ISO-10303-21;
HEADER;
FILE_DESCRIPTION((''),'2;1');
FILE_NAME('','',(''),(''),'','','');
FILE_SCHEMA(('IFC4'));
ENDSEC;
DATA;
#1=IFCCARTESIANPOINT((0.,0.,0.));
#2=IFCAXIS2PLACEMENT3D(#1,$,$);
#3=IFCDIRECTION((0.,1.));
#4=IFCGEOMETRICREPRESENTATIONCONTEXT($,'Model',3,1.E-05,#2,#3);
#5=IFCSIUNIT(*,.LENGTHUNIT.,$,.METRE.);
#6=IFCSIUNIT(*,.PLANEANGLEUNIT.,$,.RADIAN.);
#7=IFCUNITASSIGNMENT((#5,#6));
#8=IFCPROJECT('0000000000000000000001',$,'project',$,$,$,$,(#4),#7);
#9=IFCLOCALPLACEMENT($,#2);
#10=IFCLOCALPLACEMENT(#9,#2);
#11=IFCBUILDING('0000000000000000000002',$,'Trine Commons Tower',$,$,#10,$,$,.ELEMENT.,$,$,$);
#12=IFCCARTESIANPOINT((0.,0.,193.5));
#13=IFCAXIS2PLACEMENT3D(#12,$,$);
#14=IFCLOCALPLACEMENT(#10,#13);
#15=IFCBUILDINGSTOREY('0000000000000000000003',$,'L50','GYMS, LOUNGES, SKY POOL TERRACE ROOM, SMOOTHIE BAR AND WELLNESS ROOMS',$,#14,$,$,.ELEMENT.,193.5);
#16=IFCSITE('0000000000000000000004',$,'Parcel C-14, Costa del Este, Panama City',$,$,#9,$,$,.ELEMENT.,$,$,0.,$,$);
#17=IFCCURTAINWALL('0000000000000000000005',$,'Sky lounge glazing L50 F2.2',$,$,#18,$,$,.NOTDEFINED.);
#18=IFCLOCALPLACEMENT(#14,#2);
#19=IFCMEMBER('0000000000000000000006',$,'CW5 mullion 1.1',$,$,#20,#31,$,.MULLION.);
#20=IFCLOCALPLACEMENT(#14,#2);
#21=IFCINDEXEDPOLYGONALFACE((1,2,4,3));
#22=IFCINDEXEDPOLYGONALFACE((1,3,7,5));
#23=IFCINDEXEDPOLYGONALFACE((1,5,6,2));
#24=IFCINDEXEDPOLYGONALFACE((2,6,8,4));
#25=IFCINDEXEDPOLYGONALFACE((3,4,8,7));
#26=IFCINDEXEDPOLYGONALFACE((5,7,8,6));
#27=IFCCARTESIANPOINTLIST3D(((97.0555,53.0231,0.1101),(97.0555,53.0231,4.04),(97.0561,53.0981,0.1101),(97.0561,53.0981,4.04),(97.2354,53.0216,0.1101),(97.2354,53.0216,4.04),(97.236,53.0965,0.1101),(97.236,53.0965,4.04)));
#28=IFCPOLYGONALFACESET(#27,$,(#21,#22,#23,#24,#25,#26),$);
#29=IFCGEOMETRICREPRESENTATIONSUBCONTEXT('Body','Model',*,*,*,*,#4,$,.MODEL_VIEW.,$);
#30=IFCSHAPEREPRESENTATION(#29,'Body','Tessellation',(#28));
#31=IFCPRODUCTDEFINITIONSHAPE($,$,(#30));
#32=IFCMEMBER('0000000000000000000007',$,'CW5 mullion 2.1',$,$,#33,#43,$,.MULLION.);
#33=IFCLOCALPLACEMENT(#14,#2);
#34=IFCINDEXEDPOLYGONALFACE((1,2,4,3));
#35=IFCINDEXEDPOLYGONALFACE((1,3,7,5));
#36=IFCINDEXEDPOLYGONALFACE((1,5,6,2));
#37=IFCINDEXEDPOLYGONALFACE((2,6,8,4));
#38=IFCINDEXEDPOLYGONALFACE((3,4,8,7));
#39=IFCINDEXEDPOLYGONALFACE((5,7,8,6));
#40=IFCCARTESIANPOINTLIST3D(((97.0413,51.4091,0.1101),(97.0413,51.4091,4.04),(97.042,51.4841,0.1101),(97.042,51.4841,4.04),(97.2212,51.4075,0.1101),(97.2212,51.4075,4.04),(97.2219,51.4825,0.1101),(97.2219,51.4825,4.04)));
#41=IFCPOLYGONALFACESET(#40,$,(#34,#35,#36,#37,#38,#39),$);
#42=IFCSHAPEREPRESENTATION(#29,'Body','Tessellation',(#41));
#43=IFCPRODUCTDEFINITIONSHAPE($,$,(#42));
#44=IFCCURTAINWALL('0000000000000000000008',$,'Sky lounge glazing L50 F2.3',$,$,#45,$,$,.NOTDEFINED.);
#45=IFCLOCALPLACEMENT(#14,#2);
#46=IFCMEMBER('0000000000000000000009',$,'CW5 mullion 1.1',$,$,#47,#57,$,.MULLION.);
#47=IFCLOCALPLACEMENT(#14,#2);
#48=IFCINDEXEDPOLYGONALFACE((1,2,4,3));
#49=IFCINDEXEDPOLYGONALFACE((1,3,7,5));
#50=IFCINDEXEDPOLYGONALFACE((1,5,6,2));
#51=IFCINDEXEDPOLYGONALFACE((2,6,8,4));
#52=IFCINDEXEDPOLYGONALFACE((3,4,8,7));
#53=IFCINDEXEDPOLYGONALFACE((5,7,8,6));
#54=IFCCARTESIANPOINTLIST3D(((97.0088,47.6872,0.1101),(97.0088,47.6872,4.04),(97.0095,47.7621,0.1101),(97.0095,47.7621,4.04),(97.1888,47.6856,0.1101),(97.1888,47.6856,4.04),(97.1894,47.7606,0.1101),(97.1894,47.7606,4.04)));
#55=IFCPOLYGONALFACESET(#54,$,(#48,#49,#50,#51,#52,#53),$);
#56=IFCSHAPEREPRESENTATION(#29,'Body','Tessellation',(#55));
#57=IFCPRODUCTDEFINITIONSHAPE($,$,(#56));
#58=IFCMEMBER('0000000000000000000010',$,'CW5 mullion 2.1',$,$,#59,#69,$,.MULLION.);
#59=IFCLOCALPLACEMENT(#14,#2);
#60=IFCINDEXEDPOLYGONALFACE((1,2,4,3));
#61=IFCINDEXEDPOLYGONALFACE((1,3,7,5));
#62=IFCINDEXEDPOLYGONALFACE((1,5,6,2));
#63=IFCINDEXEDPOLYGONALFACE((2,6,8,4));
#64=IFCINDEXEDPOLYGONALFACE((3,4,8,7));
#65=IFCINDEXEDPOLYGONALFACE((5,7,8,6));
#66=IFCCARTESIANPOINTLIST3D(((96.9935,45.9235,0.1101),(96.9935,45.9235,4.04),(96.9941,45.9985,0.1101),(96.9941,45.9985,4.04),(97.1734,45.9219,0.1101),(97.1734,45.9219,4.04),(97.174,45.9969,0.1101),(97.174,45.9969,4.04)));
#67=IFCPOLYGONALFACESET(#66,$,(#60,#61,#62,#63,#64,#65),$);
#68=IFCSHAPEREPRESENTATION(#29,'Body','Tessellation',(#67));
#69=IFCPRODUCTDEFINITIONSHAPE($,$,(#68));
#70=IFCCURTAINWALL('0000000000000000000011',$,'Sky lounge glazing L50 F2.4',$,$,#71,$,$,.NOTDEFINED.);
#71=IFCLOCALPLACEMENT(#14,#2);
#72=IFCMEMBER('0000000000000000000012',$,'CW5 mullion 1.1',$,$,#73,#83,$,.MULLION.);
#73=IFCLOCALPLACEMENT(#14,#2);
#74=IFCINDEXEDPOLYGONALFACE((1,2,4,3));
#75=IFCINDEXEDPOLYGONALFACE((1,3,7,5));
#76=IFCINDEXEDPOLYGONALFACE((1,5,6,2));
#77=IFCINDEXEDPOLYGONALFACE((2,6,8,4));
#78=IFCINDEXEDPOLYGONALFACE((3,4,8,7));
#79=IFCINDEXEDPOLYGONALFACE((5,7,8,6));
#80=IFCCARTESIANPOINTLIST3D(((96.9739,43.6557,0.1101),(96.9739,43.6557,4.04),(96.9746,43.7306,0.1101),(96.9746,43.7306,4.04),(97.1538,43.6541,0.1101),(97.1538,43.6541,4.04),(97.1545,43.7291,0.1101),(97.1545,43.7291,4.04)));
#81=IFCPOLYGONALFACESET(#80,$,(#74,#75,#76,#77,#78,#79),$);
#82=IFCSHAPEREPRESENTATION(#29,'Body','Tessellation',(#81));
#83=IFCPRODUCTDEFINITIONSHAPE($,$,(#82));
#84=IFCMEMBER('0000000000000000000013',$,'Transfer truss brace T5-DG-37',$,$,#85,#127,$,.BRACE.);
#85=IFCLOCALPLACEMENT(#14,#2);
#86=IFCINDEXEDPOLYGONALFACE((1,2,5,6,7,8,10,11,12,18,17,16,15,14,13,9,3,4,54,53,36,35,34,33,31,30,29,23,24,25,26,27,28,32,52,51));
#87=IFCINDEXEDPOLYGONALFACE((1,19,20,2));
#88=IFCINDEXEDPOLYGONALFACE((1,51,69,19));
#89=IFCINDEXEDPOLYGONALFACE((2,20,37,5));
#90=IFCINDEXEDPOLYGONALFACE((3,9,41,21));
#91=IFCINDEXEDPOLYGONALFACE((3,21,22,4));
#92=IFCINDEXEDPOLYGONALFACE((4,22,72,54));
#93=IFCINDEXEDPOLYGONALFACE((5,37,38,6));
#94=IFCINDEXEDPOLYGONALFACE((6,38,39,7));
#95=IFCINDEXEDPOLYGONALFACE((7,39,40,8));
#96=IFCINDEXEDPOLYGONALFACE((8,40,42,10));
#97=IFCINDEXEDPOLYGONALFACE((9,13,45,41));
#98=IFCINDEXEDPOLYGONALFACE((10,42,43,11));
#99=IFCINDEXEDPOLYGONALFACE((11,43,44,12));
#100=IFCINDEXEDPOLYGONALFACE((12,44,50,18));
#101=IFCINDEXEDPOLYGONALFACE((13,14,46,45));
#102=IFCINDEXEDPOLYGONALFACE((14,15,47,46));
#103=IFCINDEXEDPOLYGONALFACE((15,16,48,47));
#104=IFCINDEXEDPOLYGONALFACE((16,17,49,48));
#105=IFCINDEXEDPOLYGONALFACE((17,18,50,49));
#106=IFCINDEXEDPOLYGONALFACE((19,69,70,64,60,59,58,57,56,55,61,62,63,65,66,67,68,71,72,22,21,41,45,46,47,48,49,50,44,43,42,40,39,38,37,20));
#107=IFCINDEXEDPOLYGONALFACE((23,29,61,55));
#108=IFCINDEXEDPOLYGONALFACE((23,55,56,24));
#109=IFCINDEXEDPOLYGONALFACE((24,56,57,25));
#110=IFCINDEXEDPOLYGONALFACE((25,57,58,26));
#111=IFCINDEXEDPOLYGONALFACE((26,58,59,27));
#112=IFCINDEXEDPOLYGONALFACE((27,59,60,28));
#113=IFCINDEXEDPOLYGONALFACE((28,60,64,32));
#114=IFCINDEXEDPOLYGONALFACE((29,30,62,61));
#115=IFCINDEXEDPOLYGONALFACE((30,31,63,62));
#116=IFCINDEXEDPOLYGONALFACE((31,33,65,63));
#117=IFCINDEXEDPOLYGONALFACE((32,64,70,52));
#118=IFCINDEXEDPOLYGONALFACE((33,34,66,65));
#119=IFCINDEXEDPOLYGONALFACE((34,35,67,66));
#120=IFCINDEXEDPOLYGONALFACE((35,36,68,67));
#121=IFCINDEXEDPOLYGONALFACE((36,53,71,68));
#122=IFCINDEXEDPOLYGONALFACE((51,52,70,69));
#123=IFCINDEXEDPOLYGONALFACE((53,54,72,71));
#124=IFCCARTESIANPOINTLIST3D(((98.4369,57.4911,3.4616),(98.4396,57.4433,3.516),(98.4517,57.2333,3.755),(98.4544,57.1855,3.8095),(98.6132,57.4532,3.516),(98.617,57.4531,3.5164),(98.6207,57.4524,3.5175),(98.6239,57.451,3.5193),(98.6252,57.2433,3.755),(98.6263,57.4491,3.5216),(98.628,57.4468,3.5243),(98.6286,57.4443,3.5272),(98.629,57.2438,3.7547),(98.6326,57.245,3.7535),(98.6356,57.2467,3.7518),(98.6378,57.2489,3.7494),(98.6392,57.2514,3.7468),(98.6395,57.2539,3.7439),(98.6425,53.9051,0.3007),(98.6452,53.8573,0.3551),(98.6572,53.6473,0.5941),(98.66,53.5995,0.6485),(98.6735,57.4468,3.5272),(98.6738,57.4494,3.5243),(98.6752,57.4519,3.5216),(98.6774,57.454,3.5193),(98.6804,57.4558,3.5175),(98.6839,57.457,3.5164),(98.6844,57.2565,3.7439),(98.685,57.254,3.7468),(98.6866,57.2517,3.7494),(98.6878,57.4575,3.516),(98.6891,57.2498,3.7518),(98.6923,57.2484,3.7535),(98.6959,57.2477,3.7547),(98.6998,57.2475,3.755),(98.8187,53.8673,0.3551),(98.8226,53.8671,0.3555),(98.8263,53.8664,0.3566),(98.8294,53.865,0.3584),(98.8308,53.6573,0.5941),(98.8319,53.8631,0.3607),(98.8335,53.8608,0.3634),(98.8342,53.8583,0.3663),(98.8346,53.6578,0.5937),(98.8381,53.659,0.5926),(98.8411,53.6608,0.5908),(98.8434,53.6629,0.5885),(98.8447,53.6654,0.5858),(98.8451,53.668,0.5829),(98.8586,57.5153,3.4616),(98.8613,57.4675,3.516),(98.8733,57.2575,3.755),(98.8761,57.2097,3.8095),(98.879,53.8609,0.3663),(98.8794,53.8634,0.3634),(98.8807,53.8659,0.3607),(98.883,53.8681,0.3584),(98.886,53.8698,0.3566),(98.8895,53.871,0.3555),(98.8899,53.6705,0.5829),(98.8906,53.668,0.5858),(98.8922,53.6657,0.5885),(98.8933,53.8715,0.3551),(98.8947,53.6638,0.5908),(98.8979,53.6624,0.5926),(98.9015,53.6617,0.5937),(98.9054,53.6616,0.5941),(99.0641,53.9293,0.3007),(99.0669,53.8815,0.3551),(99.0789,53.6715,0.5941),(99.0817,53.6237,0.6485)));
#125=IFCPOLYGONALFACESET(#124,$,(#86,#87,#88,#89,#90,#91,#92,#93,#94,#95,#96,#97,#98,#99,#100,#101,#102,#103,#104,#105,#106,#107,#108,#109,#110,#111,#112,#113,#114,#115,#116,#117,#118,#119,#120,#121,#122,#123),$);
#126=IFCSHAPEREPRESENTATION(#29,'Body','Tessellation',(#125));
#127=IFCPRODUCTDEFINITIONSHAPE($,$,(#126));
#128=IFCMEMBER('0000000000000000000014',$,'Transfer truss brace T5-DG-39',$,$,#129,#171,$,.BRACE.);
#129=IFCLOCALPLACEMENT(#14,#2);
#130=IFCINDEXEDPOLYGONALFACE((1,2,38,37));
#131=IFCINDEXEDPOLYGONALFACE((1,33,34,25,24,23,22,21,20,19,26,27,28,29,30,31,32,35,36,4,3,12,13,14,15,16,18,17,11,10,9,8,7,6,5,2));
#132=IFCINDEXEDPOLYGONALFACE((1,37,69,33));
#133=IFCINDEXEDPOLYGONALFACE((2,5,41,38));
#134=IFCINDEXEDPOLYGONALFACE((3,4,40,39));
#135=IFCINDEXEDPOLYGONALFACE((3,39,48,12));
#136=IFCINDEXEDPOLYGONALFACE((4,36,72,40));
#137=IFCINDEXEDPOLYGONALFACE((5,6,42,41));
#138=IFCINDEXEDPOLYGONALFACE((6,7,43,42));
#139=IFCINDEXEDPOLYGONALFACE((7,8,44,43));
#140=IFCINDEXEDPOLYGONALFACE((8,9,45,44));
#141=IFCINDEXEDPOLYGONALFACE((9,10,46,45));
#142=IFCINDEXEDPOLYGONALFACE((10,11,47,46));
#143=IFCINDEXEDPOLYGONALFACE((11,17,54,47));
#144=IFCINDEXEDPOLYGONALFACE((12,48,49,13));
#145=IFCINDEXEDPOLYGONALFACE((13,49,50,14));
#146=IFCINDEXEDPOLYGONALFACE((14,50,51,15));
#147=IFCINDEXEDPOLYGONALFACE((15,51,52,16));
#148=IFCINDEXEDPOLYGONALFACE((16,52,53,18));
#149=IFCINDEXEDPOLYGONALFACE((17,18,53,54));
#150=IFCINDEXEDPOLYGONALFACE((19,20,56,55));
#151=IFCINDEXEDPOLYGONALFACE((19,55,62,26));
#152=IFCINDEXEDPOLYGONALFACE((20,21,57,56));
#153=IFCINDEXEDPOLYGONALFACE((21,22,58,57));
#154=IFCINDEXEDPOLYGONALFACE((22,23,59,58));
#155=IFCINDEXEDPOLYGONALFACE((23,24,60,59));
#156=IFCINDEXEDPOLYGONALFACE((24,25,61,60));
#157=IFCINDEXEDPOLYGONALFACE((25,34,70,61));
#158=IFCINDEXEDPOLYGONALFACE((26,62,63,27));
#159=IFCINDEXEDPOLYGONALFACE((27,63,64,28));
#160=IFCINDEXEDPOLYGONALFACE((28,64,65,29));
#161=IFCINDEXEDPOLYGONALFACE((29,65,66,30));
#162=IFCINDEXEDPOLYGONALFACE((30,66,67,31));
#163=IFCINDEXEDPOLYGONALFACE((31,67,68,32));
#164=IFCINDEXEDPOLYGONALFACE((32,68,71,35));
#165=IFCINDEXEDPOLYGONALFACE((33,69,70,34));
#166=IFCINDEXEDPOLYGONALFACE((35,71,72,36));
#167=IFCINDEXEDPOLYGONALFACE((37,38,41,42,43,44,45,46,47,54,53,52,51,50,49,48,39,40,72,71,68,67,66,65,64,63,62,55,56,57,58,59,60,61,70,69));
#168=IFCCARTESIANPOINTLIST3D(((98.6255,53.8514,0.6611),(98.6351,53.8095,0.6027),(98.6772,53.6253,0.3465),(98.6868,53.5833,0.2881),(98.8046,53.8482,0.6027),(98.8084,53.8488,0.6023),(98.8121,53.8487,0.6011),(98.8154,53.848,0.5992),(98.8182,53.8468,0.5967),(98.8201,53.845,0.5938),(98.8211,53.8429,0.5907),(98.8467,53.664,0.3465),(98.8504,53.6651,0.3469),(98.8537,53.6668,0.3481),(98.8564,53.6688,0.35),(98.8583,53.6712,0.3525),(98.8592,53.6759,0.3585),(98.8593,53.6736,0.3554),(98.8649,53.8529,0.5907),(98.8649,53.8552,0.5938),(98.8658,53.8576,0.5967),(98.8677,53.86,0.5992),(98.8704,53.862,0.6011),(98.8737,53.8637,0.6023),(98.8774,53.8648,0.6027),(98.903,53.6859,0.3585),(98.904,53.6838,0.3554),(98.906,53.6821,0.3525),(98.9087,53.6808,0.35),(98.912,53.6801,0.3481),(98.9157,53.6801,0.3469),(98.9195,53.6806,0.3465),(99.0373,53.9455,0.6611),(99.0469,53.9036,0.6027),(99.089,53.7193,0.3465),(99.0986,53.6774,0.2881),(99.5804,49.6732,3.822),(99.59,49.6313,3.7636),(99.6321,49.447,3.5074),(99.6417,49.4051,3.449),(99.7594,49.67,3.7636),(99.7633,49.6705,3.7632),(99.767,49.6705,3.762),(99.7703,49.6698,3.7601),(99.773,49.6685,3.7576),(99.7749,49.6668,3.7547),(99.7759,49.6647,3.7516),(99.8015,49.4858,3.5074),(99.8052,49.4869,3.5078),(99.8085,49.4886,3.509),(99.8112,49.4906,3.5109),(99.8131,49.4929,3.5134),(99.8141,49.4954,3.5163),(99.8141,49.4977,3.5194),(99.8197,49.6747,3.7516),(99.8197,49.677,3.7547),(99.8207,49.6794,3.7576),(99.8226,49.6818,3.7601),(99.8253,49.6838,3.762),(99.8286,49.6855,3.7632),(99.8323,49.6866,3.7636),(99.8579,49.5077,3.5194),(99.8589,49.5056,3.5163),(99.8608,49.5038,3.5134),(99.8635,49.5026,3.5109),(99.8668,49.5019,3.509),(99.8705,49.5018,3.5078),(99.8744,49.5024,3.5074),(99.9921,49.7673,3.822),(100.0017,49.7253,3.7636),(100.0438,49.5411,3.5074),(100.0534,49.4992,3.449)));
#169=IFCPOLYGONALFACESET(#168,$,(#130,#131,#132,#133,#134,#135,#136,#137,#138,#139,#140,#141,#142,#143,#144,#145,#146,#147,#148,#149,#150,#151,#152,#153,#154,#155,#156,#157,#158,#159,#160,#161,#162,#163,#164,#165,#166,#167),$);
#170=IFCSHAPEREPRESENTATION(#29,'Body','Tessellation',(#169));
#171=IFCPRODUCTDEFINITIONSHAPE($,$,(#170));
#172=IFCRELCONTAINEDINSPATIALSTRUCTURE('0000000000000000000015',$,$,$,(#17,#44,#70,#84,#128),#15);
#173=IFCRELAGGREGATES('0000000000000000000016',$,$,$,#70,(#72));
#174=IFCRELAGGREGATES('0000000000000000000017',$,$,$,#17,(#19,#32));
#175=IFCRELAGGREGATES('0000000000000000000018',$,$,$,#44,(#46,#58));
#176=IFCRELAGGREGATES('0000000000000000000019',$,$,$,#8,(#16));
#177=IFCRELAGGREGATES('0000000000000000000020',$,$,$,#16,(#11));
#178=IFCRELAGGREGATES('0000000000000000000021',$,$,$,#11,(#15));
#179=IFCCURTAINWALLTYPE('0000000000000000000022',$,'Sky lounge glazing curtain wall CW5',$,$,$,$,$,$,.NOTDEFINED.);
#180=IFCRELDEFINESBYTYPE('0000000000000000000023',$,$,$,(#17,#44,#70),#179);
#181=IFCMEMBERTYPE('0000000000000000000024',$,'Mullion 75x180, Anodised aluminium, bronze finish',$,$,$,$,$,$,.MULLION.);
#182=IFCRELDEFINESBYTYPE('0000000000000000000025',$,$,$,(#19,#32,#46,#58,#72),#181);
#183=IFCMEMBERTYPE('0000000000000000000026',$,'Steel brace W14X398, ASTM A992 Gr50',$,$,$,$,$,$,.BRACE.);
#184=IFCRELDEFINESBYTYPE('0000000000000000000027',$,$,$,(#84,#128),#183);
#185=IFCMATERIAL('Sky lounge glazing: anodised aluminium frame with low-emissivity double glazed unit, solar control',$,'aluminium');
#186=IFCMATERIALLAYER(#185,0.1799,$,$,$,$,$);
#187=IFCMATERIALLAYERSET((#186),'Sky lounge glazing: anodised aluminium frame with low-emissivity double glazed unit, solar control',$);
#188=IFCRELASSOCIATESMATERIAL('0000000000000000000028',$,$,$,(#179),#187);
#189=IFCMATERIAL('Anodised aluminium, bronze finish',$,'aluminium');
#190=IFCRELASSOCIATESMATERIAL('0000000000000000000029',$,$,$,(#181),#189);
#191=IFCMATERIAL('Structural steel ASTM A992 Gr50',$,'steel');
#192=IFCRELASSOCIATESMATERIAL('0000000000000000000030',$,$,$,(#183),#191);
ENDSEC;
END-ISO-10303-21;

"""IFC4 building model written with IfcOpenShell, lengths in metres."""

from ifc_helpers import new_model, si_unit, direction, frame, origin, origin_2d, place, context, subcontext, project, spatial, rectangle, i_section, extrude, material, layer, layer_set, material_profile, profile_set, type_object, element, aggregate, save


model = new_model("IFC4")

# Units and contexts
model_context = context("Model", 3, precision=1e-05, world=origin(), true_north=direction((0.0, 1.0)))
body_context = subcontext(model_context, "Body", "Model", "MODEL_VIEW")
ifc_project = project(units=[si_unit("LENGTHUNIT", "METRE"), si_unit("PLANEANGLEUNIT", "RADIAN")], contexts=[model_context])

# Site, building, storey
site_placement = place(None, origin())
site = spatial("IfcSite", under=ifc_project, at=site_placement, Name="Parcel C-14, Costa del Este, Panama City", CompositionType="ELEMENT", RefElevation=0.0)
building_placement = place(site_placement, origin())
building = spatial("IfcBuilding", under=site, at=building_placement, Name="Trine Commons Tower", CompositionType="ELEMENT")
storey_placement = place(building_placement, frame((0.0, 0.0, 193.5)))
storey = spatial("IfcBuildingStorey", under=building, at=storey_placement, Name="L50", Description="GYMS, LOUNGES, SKY POOL TERRACE ROOM, SMOOTHIE BAR AND WELLNESS ROOMS", CompositionType="ELEMENT", Elevation=193.5)

# Curtain walls, members
ifc_material_1 = material(Name="Sky lounge glazing: anodised aluminium frame with low-emissivity double glazed unit, solar control", Category="aluminium")
ifc_layer_1 = layer(ifc_material_1, 0.1799)
ifc_layer_set_1 = layer_set([ifc_layer_1], Name="Sky lounge glazing: anodised aluminium frame with low-emissivity double glazed unit, solar control")
curtain_wall_type = type_object("IfcCurtainWallType", Name="Sky lounge glazing curtain wall CW5", PredefinedType="NOTDEFINED", material=ifc_layer_set_1)
curtain_wall_1_placement = place(storey_placement, origin())
curtain_wall_1 = element("IfcCurtainWall", 1, at=curtain_wall_1_placement, inside=storey, type_object=curtain_wall_type, Name="Sky lounge glazing L50 F2.2", PredefinedType="NOTDEFINED")
ifc_material_2 = material(Name="Anodised aluminium, bronze finish", Category="aluminium")
ifc_material_profile_1 = material_profile(ifc_material_2, rectangle(XDim=0.1799, YDim=0.075, at=origin_2d()), Name="Mullion 75x180")
ifc_profile_set_1 = profile_set([ifc_material_profile_1], Name="Anodised aluminium, bronze finish")
member_type_1 = type_object("IfcMemberType", Name="Mullion 75x180, Anodised aluminium, bronze finish", PredefinedType="MULLION", material=ifc_profile_set_1)
member_1_placement = place(storey_placement, frame((97.1458, 53.0598, 0.1101), z_axis=(0.0, 0.0, 1.0), x_axis=(0.999962, -0.008727, 0.0)))
member_1 = element("IfcMember", 2, at=member_1_placement, type_object=member_type_1, Name="CW5 mullion 1.1", PredefinedType="MULLION", context=body_context, shape_type="SweptSolid", body=[
    extrude(rectangle(XDim=0.1799, YDim=0.075, at=origin_2d()), origin(), (0.0, 0.0, 1.0), 3.9299),
])
member_2_placement = place(storey_placement, frame((97.1316, 51.4458, 0.1101), z_axis=(0.0, 0.0, 1.0), x_axis=(0.999962, -0.008727, 0.0)))
member_2 = element("IfcMember", 3, at=member_2_placement, type_object=member_type_1, Name="CW5 mullion 2.1", PredefinedType="MULLION", context=body_context, shape_type="SweptSolid", body=[
    extrude(rectangle(XDim=0.1799, YDim=0.075, at=origin_2d()), origin(), (0.0, 0.0, 1.0), 3.9299),
])
curtain_wall_2_placement = place(storey_placement, origin())
curtain_wall_2 = element("IfcCurtainWall", 4, at=curtain_wall_2_placement, inside=storey, type_object=curtain_wall_type, Name="Sky lounge glazing L50 F2.3", PredefinedType="NOTDEFINED")
member_3_placement = place(storey_placement, frame((97.0991, 47.7239, 0.1101), z_axis=(0.0, 0.0, 1.0), x_axis=(0.999962, -0.008727, 0.0)))
member_3 = element("IfcMember", 5, at=member_3_placement, type_object=member_type_1, Name="CW5 mullion 1.1", PredefinedType="MULLION", context=body_context, shape_type="SweptSolid", body=[
    extrude(rectangle(XDim=0.1799, YDim=0.075, at=origin_2d()), origin(), (0.0, 0.0, 1.0), 3.9299),
])
member_4_placement = place(storey_placement, frame((97.0837, 45.9602, 0.1101), z_axis=(0.0, 0.0, 1.0), x_axis=(0.999962, -0.008727, 0.0)))
member_4 = element("IfcMember", 6, at=member_4_placement, type_object=member_type_1, Name="CW5 mullion 2.1", PredefinedType="MULLION", context=body_context, shape_type="SweptSolid", body=[
    extrude(rectangle(XDim=0.1799, YDim=0.075, at=origin_2d()), origin(), (0.0, 0.0, 1.0), 3.9299),
])

# Curtain wall, member
curtain_wall_3_placement = place(storey_placement, origin())
curtain_wall_3 = element("IfcCurtainWall", 7, at=curtain_wall_3_placement, inside=storey, type_object=curtain_wall_type, Name="Sky lounge glazing L50 F2.4", PredefinedType="NOTDEFINED")
member_5_placement = place(storey_placement, frame((97.0642, 43.6924, 0.1101), z_axis=(0.0, 0.0, 1.0), x_axis=(0.999962, -0.008727, 0.0)))
member_5 = element("IfcMember", 8, at=member_5_placement, type_object=member_type_1, Name="CW5 mullion 1.1", PredefinedType="MULLION", context=body_context, shape_type="SweptSolid", body=[
    extrude(rectangle(XDim=0.1799, YDim=0.075, at=origin_2d()), origin(), (0.0, 0.0, 1.0), 3.9299),
])

# Members
ifc_material_3 = material(Name="Structural steel ASTM A992 Gr50", Category="steel")
ifc_material_profile_2 = material_profile(ifc_material_3, i_section(OverallWidth=0.4224, OverallDepth=0.4634, WebThickness=0.0449, FlangeThickness=0.0725, FilletRadius=0.0149, at=origin_2d()), Name="W14X398")
ifc_profile_set_2 = profile_set([ifc_material_profile_2], Name="Structural steel ASTM A992 Gr50")
member_type_2 = type_object("IfcMemberType", Name="Steel brace W14X398, ASTM A992 Gr50", PredefinedType="BRACE", material=ifc_profile_set_2)
member_6_placement = place(storey_placement, frame((98.8621, 53.7644, 0.4746), z_axis=(-0.042964, 0.749474, 0.660638), x_axis=(-0.998361, -0.057232, 0.0)))
element("IfcMember", 9, at=member_6_placement, inside=storey, type_object=member_type_2, Name="Transfer truss brace T5-DG-37", PredefinedType="BRACE", context=body_context, shape_type="SweptSolid", body=[
    extrude(i_section(OverallWidth=0.4224, OverallDepth=0.4634, WebThickness=0.0449, FlangeThickness=0.0725, FilletRadius=0.0149, at=origin_2d()), origin(), (0.0, 0.0, 1.0), 4.7847),
])
member_7_placement = place(storey_placement, frame((98.8621, 53.7644, 0.4746), z_axis=(0.179296, -0.784576, 0.593543), x_axis=(0.974868, 0.222783, 0.0)))
element("IfcMember", 10, at=member_7_placement, inside=storey, type_object=member_type_2, Name="Transfer truss brace T5-DG-39", PredefinedType="BRACE", context=body_context, shape_type="SweptSolid", body=[
    extrude(i_section(OverallWidth=0.4224, OverallDepth=0.4634, WebThickness=0.0449, FlangeThickness=0.0725, FilletRadius=0.0149, at=origin_2d()), origin(), (0.0, 0.0, 1.0), 5.3254),
])

aggregate(curtain_wall_3, [member_5])

aggregate(curtain_wall_1, [member_1, member_2])
aggregate(curtain_wall_2, [member_3, member_4])

save(model, "model.ifc")
